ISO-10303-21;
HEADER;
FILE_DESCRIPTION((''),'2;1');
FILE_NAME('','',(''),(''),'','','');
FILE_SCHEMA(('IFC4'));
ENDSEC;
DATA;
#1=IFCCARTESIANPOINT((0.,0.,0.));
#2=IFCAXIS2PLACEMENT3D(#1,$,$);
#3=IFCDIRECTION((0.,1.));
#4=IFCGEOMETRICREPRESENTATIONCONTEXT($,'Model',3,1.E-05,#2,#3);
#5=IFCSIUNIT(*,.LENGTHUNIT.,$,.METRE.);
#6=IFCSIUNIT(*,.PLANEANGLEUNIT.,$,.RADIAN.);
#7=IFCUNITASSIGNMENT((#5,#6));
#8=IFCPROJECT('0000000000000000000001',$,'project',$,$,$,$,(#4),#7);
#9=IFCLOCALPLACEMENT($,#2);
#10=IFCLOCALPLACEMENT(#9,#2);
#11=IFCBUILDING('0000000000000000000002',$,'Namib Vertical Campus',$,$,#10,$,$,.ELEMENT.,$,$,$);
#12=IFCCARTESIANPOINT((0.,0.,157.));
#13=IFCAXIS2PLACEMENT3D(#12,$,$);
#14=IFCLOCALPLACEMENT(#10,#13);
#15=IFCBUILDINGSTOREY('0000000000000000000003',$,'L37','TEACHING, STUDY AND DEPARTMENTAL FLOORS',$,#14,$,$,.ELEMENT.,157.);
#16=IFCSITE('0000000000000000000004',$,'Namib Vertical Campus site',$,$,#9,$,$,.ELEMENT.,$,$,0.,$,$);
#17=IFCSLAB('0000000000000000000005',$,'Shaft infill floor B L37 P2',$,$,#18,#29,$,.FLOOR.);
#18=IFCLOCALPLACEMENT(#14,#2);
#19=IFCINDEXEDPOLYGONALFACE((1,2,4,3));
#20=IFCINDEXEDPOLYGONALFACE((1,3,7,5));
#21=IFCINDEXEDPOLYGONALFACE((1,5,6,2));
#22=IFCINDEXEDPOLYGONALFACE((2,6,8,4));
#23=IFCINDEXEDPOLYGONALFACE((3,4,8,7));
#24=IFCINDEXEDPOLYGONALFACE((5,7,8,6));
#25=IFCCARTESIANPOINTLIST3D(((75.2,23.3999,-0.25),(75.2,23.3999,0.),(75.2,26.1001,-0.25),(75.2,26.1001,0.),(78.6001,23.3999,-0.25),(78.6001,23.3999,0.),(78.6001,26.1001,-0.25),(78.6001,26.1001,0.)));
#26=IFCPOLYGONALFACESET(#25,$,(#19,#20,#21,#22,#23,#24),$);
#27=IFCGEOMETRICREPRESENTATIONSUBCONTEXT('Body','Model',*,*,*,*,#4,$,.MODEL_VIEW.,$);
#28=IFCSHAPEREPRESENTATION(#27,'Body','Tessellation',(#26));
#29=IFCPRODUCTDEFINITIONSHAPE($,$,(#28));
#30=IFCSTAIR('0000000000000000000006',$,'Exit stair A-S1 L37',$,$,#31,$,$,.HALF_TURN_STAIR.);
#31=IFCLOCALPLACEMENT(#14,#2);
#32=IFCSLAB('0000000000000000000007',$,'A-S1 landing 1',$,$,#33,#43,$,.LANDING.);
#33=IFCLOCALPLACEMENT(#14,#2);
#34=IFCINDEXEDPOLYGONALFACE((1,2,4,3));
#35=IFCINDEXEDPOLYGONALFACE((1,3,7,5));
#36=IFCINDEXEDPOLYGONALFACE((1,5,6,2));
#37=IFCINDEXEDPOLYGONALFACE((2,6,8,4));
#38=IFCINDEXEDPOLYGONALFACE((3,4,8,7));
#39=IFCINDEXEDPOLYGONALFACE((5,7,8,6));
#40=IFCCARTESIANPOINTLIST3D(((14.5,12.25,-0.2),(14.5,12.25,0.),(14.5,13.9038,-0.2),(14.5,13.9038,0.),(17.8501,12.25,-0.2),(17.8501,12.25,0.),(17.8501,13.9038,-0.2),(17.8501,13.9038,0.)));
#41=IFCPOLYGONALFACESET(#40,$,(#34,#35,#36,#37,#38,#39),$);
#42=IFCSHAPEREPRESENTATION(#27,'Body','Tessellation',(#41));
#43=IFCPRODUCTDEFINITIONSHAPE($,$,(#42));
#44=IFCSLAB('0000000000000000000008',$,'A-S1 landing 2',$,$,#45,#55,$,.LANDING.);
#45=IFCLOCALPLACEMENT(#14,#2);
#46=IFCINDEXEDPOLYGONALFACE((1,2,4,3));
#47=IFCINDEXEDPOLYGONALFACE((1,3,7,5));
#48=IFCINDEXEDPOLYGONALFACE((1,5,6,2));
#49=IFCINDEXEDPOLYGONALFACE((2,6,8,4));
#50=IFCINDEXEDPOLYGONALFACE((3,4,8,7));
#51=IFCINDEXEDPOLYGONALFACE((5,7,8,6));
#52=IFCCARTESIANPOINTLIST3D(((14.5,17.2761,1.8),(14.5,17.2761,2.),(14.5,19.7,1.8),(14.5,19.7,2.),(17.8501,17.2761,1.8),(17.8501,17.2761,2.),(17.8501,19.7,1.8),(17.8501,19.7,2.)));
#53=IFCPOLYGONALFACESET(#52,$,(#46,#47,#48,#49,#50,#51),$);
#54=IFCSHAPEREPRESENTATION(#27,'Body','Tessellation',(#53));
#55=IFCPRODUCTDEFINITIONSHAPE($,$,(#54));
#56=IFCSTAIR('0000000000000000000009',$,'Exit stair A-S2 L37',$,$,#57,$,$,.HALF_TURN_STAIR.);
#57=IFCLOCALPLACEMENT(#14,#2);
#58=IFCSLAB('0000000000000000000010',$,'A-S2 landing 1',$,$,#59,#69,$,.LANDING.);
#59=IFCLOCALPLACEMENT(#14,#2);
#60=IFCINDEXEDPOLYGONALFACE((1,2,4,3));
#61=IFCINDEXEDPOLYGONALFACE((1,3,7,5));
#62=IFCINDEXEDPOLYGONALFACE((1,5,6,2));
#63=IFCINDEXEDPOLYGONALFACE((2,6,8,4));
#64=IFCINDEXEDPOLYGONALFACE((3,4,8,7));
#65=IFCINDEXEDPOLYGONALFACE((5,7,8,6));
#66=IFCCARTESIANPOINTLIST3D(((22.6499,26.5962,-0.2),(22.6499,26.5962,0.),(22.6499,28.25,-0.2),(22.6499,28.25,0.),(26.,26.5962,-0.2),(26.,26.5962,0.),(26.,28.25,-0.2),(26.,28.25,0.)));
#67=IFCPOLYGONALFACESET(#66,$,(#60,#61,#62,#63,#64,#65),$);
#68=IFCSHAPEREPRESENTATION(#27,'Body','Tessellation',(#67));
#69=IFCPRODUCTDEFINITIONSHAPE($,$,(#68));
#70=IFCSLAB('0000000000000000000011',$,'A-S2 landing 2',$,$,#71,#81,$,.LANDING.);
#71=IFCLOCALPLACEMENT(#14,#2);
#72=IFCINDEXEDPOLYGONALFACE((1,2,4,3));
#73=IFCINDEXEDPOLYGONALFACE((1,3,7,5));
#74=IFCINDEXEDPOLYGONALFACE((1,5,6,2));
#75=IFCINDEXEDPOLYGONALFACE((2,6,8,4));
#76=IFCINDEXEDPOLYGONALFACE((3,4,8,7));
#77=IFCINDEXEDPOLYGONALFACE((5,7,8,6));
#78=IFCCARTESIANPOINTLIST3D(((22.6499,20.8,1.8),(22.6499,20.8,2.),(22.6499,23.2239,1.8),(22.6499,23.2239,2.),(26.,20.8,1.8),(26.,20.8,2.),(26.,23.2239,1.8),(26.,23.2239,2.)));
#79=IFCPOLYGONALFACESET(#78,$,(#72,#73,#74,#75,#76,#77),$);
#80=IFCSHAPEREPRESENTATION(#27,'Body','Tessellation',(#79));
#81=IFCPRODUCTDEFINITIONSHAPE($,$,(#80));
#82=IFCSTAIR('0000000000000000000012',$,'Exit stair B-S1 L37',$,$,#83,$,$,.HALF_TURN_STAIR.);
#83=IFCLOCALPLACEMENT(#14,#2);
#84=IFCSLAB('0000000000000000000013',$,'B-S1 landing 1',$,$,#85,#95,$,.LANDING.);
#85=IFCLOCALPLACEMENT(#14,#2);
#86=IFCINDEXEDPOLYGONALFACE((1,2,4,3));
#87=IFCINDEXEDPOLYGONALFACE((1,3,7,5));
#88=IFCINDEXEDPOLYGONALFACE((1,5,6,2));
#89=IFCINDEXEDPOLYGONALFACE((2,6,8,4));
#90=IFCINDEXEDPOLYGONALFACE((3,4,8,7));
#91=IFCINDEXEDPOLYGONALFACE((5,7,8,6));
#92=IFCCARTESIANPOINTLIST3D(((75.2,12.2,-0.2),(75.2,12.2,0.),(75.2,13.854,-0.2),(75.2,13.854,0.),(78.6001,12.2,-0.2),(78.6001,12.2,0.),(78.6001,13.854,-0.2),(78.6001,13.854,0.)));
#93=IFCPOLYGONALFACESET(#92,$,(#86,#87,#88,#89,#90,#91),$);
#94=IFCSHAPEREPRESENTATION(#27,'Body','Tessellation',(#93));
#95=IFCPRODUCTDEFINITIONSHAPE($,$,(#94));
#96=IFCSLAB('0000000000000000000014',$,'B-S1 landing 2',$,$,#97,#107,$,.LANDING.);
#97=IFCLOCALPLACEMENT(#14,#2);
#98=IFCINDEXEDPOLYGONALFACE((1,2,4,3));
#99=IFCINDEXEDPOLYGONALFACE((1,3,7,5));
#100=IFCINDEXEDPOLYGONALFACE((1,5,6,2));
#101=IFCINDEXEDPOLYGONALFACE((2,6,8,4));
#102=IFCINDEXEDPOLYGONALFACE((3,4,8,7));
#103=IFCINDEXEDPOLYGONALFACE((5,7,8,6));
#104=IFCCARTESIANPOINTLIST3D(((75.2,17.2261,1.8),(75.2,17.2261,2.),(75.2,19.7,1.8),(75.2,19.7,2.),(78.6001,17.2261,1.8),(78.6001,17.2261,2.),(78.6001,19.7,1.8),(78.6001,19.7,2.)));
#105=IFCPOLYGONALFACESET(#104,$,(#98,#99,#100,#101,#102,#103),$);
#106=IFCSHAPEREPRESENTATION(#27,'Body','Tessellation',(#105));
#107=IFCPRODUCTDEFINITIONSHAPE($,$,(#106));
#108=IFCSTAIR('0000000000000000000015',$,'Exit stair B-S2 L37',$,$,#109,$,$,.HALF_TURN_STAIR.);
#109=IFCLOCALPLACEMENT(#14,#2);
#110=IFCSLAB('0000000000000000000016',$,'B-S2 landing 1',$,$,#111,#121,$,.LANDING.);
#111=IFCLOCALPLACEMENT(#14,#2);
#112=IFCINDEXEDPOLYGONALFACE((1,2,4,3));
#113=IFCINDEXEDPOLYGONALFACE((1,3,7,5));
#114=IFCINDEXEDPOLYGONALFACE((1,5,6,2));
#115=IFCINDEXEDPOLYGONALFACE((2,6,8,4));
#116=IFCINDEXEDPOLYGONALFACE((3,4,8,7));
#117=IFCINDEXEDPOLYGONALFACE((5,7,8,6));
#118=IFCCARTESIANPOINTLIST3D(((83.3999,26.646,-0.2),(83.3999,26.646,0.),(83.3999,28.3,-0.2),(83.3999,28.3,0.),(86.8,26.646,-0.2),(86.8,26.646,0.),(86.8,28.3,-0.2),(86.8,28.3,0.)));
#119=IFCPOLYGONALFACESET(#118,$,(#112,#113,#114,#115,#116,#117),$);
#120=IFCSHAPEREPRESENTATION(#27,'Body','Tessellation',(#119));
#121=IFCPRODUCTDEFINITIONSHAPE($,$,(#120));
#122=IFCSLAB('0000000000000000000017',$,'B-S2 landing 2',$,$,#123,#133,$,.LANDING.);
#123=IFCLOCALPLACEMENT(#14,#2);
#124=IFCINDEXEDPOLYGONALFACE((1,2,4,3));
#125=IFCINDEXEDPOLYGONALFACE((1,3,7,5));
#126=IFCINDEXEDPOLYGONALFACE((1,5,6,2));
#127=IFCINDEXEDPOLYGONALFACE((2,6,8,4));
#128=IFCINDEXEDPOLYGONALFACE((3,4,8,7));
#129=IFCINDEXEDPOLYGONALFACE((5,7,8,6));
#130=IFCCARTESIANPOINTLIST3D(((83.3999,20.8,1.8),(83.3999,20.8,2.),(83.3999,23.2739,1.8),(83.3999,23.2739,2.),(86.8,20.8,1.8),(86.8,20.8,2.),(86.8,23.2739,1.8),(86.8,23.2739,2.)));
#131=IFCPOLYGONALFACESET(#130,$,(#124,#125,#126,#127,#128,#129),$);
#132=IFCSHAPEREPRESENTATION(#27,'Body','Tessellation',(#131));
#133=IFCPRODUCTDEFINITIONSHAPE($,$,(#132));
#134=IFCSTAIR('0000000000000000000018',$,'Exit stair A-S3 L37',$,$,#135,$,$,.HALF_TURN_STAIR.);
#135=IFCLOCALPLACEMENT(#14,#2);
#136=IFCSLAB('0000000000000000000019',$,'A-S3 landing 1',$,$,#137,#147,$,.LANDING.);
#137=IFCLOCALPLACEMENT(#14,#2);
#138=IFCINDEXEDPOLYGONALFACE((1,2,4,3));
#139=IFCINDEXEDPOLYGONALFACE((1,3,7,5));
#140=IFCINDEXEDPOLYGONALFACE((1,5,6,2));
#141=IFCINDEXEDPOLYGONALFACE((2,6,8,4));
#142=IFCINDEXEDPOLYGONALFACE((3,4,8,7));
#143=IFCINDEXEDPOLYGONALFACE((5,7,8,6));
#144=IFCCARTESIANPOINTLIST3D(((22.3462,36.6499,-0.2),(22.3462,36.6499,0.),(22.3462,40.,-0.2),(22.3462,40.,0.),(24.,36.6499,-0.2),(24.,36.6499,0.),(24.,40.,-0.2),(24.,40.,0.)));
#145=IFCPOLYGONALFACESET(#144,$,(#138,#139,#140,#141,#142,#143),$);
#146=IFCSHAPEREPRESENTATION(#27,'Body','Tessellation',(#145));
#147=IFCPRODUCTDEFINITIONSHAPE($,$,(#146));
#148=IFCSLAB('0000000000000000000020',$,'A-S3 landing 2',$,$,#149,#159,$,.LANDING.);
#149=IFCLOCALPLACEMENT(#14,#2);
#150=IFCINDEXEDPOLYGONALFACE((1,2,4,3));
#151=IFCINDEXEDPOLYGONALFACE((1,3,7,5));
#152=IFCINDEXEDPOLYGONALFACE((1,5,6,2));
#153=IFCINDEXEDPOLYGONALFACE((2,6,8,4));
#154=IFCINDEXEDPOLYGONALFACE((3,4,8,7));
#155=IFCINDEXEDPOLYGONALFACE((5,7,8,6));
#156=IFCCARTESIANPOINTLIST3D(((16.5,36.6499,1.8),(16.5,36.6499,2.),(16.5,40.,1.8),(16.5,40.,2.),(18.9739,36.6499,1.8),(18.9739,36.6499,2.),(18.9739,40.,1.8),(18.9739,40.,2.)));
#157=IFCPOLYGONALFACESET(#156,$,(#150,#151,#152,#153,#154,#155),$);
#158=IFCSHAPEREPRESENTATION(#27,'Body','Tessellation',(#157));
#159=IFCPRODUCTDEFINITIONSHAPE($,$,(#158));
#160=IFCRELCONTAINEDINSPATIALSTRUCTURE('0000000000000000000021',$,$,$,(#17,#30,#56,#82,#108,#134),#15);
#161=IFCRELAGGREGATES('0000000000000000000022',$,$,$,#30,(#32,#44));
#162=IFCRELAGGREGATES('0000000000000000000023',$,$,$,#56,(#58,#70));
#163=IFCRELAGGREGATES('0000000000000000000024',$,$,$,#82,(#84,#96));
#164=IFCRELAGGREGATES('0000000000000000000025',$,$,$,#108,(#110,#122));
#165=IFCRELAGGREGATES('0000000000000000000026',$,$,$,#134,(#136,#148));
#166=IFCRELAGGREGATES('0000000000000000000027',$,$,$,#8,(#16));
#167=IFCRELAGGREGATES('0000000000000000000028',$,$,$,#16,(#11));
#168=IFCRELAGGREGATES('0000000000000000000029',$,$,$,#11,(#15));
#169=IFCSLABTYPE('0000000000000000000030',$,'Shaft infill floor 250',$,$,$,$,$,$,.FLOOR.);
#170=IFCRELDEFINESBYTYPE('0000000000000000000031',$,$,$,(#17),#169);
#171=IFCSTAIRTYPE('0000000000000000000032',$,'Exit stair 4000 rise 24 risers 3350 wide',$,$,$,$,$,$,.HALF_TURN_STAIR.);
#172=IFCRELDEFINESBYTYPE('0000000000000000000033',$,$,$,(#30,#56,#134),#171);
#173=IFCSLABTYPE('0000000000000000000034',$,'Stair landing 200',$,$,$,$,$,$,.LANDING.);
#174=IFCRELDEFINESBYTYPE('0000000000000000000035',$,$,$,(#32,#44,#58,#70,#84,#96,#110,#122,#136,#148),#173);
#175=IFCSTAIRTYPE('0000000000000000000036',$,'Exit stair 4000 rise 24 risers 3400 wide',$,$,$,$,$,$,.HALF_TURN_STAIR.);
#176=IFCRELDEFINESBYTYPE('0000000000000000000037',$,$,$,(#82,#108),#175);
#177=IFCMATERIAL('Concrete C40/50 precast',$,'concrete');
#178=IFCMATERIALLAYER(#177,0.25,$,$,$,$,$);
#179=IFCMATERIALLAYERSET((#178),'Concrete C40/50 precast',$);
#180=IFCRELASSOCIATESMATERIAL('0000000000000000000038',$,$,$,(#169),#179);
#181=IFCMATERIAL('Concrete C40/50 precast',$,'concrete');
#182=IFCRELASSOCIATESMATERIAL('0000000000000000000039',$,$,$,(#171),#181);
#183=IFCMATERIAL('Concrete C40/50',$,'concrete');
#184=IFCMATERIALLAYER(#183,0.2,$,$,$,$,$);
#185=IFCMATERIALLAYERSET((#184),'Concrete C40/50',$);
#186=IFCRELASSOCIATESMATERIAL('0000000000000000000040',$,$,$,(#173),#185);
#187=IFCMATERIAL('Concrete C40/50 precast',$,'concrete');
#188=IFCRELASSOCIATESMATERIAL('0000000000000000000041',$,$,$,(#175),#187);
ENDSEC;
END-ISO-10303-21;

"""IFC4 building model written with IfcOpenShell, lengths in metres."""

from ifc_helpers import new_model, si_unit, direction, frame, origin, place, context, subcontext, project, spatial, polyline, outline, extrude, material, layer, layer_set, type_object, element, aggregate, save


model = new_model("IFC4")

# Units and contexts
model_context = context("Model", 3, precision=1e-05, world=origin(), true_north=direction((0.0, 1.0)))
body_context = subcontext(model_context, "Body", "Model", "MODEL_VIEW")
ifc_project = project(units=[si_unit("LENGTHUNIT", "METRE"), si_unit("PLANEANGLEUNIT", "RADIAN")], contexts=[model_context])

# Site, building, storey
site_placement = place(None, origin())
site = spatial("IfcSite", under=ifc_project, at=site_placement, Name="Namib Vertical Campus site", CompositionType="ELEMENT", RefElevation=0.0)
building_placement = place(site_placement, origin())
building = spatial("IfcBuilding", under=site, at=building_placement, Name="Namib Vertical Campus", CompositionType="ELEMENT")
storey_placement = place(building_placement, frame((0.0, 0.0, 157.0)))
storey = spatial("IfcBuildingStorey", under=building, at=storey_placement, Name="L37", Description="TEACHING, STUDY AND DEPARTMENTAL FLOORS", CompositionType="ELEMENT", Elevation=157.0)

# Slab
ifc_material_1 = material(Name="Concrete C40/50 precast", Category="concrete")
ifc_layer_1 = layer(ifc_material_1, 0.25)
ifc_layer_set_1 = layer_set([ifc_layer_1], Name="Concrete C40/50 precast")
slab_type_1 = type_object("IfcSlabType", Name="Shaft infill floor 250", PredefinedType="FLOOR", material=ifc_layer_set_1)
slab_1_placement = place(storey_placement, frame((0.0, 0.0, -0.25)))
element("IfcSlab", 1, at=slab_1_placement, inside=storey, type_object=slab_type_1, Name="Shaft infill floor B L37 P2", PredefinedType="FLOOR", context=body_context, shape_type="SweptSolid", body=[
    extrude(outline(polyline([(75.2, 23.3999), (78.6001, 23.3999), (78.6001, 26.1001), (75.2, 26.1001), (75.2, 23.3999)])), origin(), (0.0, 0.0, 1.0), 0.25),
])

# Stairs, slabs
ifc_material_2 = material(Name="Concrete C40/50 precast", Category="concrete")
stair_type_1 = type_object("IfcStairType", Name="Exit stair 4000 rise 24 risers 3350 wide", PredefinedType="HALF_TURN_STAIR", material=ifc_material_2)
stair_1_placement = place(storey_placement, origin())
stair_1 = element("IfcStair", 2, at=stair_1_placement, inside=storey, type_object=stair_type_1, Name="Exit stair A-S1 L37", PredefinedType="HALF_TURN_STAIR")
ifc_material_3 = material(Name="Concrete C40/50", Category="concrete")
ifc_layer_2 = layer(ifc_material_3, 0.2)
ifc_layer_set_2 = layer_set([ifc_layer_2], Name="Concrete C40/50")
slab_type_2 = type_object("IfcSlabType", Name="Stair landing 200", PredefinedType="LANDING", material=ifc_layer_set_2)
slab_2_placement = place(storey_placement, frame((0.0, 0.0, -0.2)))
slab_2 = element("IfcSlab", 3, at=slab_2_placement, type_object=slab_type_2, Name="A-S1 landing 1", PredefinedType="LANDING", context=body_context, shape_type="SweptSolid", body=[
    extrude(outline(polyline([(14.5, 12.25), (17.8501, 12.25), (17.8501, 13.9038), (14.5, 13.9038), (14.5, 12.25)])), origin(), (0.0, 0.0, 1.0), 0.2),
])
slab_3_placement = place(storey_placement, frame((0.0, 0.0, 1.8)))
slab_3 = element("IfcSlab", 4, at=slab_3_placement, type_object=slab_type_2, Name="A-S1 landing 2", PredefinedType="LANDING", context=body_context, shape_type="SweptSolid", body=[
    extrude(outline(polyline([(14.5, 17.2761), (17.8501, 17.2761), (17.8501, 19.7), (14.5, 19.7), (14.5, 17.2761)])), origin(), (0.0, 0.0, 1.0), 0.2),
])
aggregate(stair_1, [slab_2, slab_3])
stair_2_placement = place(storey_placement, origin())
stair_2 = element("IfcStair", 5, at=stair_2_placement, inside=storey, type_object=stair_type_1, Name="Exit stair A-S2 L37", PredefinedType="HALF_TURN_STAIR")
slab_4_placement = place(storey_placement, frame((0.0, 0.0, -0.2)))
slab_4 = element("IfcSlab", 6, at=slab_4_placement, type_object=slab_type_2, Name="A-S2 landing 1", PredefinedType="LANDING", context=body_context, shape_type="SweptSolid", body=[
    extrude(outline(polyline([(22.6499, 26.5962), (26.0, 26.5962), (26.0, 28.25), (22.6499, 28.25), (22.6499, 26.5962)])), origin(), (0.0, 0.0, 1.0), 0.2),
])
slab_5_placement = place(storey_placement, frame((0.0, 0.0, 1.8)))
slab_5 = element("IfcSlab", 7, at=slab_5_placement, type_object=slab_type_2, Name="A-S2 landing 2", PredefinedType="LANDING", context=body_context, shape_type="SweptSolid", body=[
    extrude(outline(polyline([(22.6499, 20.8), (26.0, 20.8), (26.0, 23.2239), (22.6499, 23.2239), (22.6499, 20.8)])), origin(), (0.0, 0.0, 1.0), 0.2),
])
aggregate(stair_2, [slab_4, slab_5])
ifc_material_4 = material(Name="Concrete C40/50 precast", Category="concrete")
stair_type_2 = type_object("IfcStairType", Name="Exit stair 4000 rise 24 risers 3400 wide", PredefinedType="HALF_TURN_STAIR", material=ifc_material_4)
stair_3_placement = place(storey_placement, origin())
stair_3 = element("IfcStair", 8, at=stair_3_placement, inside=storey, type_object=stair_type_2, Name="Exit stair B-S1 L37", PredefinedType="HALF_TURN_STAIR")
slab_6_placement = place(storey_placement, frame((0.0, 0.0, -0.2)))
slab_6 = element("IfcSlab", 9, at=slab_6_placement, type_object=slab_type_2, Name="B-S1 landing 1", PredefinedType="LANDING", context=body_context, shape_type="SweptSolid", body=[
    extrude(outline(polyline([(75.2, 12.2), (78.6001, 12.2), (78.6001, 13.854), (75.2, 13.854), (75.2, 12.2)])), origin(), (0.0, 0.0, 1.0), 0.2),
])
slab_7_placement = place(storey_placement, frame((0.0, 0.0, 1.8)))
slab_7 = element("IfcSlab", 10, at=slab_7_placement, type_object=slab_type_2, Name="B-S1 landing 2", PredefinedType="LANDING", context=body_context, shape_type="SweptSolid", body=[
    extrude(outline(polyline([(75.2, 17.2261), (78.6001, 17.2261), (78.6001, 19.7), (75.2, 19.7), (75.2, 17.2261)])), origin(), (0.0, 0.0, 1.0), 0.2),
])
aggregate(stair_3, [slab_6, slab_7])
stair_4_placement = place(storey_placement, origin())
stair_4 = element("IfcStair", 11, at=stair_4_placement, inside=storey, type_object=stair_type_2, Name="Exit stair B-S2 L37", PredefinedType="HALF_TURN_STAIR")
slab_8_placement = place(storey_placement, frame((0.0, 0.0, -0.2)))
slab_8 = element("IfcSlab", 12, at=slab_8_placement, type_object=slab_type_2, Name="B-S2 landing 1", PredefinedType="LANDING", context=body_context, shape_type="SweptSolid", body=[
    extrude(outline(polyline([(83.3999, 26.646), (86.8, 26.646), (86.8, 28.3), (83.3999, 28.3), (83.3999, 26.646)])), origin(), (0.0, 0.0, 1.0), 0.2),
])
slab_9_placement = place(storey_placement, frame((0.0, 0.0, 1.8)))
slab_9 = element("IfcSlab", 13, at=slab_9_placement, type_object=slab_type_2, Name="B-S2 landing 2", PredefinedType="LANDING", context=body_context, shape_type="SweptSolid", body=[
    extrude(outline(polyline([(83.3999, 20.8), (86.8, 20.8), (86.8, 23.2739), (83.3999, 23.2739), (83.3999, 20.8)])), origin(), (0.0, 0.0, 1.0), 0.2),
])
aggregate(stair_4, [slab_8, slab_9])
stair_5_placement = place(storey_placement, origin())
stair_5 = element("IfcStair", 14, at=stair_5_placement, inside=storey, type_object=stair_type_1, Name="Exit stair A-S3 L37", PredefinedType="HALF_TURN_STAIR")
slab_10_placement = place(storey_placement, frame((0.0, 0.0, -0.2)))
slab_10 = element("IfcSlab", 15, at=slab_10_placement, type_object=slab_type_2, Name="A-S3 landing 1", PredefinedType="LANDING", context=body_context, shape_type="SweptSolid", body=[
    extrude(outline(polyline([(22.3462, 36.6499), (22.3462, 40.0), (24.0, 40.0), (24.0, 36.6499), (22.3462, 36.6499)])), origin(), (0.0, 0.0, 1.0), 0.2),
])
slab_11_placement = place(storey_placement, frame((0.0, 0.0, 1.8)))
slab_11 = element("IfcSlab", 16, at=slab_11_placement, type_object=slab_type_2, Name="A-S3 landing 2", PredefinedType="LANDING", context=body_context, shape_type="SweptSolid", body=[
    extrude(outline(polyline([(16.5, 36.6499), (16.5, 40.0), (18.9739, 40.0), (18.9739, 36.6499), (16.5, 36.6499)])), origin(), (0.0, 0.0, 1.0), 0.2),
])
aggregate(stair_5, [slab_10, slab_11])

save(model, "model.ifc")
